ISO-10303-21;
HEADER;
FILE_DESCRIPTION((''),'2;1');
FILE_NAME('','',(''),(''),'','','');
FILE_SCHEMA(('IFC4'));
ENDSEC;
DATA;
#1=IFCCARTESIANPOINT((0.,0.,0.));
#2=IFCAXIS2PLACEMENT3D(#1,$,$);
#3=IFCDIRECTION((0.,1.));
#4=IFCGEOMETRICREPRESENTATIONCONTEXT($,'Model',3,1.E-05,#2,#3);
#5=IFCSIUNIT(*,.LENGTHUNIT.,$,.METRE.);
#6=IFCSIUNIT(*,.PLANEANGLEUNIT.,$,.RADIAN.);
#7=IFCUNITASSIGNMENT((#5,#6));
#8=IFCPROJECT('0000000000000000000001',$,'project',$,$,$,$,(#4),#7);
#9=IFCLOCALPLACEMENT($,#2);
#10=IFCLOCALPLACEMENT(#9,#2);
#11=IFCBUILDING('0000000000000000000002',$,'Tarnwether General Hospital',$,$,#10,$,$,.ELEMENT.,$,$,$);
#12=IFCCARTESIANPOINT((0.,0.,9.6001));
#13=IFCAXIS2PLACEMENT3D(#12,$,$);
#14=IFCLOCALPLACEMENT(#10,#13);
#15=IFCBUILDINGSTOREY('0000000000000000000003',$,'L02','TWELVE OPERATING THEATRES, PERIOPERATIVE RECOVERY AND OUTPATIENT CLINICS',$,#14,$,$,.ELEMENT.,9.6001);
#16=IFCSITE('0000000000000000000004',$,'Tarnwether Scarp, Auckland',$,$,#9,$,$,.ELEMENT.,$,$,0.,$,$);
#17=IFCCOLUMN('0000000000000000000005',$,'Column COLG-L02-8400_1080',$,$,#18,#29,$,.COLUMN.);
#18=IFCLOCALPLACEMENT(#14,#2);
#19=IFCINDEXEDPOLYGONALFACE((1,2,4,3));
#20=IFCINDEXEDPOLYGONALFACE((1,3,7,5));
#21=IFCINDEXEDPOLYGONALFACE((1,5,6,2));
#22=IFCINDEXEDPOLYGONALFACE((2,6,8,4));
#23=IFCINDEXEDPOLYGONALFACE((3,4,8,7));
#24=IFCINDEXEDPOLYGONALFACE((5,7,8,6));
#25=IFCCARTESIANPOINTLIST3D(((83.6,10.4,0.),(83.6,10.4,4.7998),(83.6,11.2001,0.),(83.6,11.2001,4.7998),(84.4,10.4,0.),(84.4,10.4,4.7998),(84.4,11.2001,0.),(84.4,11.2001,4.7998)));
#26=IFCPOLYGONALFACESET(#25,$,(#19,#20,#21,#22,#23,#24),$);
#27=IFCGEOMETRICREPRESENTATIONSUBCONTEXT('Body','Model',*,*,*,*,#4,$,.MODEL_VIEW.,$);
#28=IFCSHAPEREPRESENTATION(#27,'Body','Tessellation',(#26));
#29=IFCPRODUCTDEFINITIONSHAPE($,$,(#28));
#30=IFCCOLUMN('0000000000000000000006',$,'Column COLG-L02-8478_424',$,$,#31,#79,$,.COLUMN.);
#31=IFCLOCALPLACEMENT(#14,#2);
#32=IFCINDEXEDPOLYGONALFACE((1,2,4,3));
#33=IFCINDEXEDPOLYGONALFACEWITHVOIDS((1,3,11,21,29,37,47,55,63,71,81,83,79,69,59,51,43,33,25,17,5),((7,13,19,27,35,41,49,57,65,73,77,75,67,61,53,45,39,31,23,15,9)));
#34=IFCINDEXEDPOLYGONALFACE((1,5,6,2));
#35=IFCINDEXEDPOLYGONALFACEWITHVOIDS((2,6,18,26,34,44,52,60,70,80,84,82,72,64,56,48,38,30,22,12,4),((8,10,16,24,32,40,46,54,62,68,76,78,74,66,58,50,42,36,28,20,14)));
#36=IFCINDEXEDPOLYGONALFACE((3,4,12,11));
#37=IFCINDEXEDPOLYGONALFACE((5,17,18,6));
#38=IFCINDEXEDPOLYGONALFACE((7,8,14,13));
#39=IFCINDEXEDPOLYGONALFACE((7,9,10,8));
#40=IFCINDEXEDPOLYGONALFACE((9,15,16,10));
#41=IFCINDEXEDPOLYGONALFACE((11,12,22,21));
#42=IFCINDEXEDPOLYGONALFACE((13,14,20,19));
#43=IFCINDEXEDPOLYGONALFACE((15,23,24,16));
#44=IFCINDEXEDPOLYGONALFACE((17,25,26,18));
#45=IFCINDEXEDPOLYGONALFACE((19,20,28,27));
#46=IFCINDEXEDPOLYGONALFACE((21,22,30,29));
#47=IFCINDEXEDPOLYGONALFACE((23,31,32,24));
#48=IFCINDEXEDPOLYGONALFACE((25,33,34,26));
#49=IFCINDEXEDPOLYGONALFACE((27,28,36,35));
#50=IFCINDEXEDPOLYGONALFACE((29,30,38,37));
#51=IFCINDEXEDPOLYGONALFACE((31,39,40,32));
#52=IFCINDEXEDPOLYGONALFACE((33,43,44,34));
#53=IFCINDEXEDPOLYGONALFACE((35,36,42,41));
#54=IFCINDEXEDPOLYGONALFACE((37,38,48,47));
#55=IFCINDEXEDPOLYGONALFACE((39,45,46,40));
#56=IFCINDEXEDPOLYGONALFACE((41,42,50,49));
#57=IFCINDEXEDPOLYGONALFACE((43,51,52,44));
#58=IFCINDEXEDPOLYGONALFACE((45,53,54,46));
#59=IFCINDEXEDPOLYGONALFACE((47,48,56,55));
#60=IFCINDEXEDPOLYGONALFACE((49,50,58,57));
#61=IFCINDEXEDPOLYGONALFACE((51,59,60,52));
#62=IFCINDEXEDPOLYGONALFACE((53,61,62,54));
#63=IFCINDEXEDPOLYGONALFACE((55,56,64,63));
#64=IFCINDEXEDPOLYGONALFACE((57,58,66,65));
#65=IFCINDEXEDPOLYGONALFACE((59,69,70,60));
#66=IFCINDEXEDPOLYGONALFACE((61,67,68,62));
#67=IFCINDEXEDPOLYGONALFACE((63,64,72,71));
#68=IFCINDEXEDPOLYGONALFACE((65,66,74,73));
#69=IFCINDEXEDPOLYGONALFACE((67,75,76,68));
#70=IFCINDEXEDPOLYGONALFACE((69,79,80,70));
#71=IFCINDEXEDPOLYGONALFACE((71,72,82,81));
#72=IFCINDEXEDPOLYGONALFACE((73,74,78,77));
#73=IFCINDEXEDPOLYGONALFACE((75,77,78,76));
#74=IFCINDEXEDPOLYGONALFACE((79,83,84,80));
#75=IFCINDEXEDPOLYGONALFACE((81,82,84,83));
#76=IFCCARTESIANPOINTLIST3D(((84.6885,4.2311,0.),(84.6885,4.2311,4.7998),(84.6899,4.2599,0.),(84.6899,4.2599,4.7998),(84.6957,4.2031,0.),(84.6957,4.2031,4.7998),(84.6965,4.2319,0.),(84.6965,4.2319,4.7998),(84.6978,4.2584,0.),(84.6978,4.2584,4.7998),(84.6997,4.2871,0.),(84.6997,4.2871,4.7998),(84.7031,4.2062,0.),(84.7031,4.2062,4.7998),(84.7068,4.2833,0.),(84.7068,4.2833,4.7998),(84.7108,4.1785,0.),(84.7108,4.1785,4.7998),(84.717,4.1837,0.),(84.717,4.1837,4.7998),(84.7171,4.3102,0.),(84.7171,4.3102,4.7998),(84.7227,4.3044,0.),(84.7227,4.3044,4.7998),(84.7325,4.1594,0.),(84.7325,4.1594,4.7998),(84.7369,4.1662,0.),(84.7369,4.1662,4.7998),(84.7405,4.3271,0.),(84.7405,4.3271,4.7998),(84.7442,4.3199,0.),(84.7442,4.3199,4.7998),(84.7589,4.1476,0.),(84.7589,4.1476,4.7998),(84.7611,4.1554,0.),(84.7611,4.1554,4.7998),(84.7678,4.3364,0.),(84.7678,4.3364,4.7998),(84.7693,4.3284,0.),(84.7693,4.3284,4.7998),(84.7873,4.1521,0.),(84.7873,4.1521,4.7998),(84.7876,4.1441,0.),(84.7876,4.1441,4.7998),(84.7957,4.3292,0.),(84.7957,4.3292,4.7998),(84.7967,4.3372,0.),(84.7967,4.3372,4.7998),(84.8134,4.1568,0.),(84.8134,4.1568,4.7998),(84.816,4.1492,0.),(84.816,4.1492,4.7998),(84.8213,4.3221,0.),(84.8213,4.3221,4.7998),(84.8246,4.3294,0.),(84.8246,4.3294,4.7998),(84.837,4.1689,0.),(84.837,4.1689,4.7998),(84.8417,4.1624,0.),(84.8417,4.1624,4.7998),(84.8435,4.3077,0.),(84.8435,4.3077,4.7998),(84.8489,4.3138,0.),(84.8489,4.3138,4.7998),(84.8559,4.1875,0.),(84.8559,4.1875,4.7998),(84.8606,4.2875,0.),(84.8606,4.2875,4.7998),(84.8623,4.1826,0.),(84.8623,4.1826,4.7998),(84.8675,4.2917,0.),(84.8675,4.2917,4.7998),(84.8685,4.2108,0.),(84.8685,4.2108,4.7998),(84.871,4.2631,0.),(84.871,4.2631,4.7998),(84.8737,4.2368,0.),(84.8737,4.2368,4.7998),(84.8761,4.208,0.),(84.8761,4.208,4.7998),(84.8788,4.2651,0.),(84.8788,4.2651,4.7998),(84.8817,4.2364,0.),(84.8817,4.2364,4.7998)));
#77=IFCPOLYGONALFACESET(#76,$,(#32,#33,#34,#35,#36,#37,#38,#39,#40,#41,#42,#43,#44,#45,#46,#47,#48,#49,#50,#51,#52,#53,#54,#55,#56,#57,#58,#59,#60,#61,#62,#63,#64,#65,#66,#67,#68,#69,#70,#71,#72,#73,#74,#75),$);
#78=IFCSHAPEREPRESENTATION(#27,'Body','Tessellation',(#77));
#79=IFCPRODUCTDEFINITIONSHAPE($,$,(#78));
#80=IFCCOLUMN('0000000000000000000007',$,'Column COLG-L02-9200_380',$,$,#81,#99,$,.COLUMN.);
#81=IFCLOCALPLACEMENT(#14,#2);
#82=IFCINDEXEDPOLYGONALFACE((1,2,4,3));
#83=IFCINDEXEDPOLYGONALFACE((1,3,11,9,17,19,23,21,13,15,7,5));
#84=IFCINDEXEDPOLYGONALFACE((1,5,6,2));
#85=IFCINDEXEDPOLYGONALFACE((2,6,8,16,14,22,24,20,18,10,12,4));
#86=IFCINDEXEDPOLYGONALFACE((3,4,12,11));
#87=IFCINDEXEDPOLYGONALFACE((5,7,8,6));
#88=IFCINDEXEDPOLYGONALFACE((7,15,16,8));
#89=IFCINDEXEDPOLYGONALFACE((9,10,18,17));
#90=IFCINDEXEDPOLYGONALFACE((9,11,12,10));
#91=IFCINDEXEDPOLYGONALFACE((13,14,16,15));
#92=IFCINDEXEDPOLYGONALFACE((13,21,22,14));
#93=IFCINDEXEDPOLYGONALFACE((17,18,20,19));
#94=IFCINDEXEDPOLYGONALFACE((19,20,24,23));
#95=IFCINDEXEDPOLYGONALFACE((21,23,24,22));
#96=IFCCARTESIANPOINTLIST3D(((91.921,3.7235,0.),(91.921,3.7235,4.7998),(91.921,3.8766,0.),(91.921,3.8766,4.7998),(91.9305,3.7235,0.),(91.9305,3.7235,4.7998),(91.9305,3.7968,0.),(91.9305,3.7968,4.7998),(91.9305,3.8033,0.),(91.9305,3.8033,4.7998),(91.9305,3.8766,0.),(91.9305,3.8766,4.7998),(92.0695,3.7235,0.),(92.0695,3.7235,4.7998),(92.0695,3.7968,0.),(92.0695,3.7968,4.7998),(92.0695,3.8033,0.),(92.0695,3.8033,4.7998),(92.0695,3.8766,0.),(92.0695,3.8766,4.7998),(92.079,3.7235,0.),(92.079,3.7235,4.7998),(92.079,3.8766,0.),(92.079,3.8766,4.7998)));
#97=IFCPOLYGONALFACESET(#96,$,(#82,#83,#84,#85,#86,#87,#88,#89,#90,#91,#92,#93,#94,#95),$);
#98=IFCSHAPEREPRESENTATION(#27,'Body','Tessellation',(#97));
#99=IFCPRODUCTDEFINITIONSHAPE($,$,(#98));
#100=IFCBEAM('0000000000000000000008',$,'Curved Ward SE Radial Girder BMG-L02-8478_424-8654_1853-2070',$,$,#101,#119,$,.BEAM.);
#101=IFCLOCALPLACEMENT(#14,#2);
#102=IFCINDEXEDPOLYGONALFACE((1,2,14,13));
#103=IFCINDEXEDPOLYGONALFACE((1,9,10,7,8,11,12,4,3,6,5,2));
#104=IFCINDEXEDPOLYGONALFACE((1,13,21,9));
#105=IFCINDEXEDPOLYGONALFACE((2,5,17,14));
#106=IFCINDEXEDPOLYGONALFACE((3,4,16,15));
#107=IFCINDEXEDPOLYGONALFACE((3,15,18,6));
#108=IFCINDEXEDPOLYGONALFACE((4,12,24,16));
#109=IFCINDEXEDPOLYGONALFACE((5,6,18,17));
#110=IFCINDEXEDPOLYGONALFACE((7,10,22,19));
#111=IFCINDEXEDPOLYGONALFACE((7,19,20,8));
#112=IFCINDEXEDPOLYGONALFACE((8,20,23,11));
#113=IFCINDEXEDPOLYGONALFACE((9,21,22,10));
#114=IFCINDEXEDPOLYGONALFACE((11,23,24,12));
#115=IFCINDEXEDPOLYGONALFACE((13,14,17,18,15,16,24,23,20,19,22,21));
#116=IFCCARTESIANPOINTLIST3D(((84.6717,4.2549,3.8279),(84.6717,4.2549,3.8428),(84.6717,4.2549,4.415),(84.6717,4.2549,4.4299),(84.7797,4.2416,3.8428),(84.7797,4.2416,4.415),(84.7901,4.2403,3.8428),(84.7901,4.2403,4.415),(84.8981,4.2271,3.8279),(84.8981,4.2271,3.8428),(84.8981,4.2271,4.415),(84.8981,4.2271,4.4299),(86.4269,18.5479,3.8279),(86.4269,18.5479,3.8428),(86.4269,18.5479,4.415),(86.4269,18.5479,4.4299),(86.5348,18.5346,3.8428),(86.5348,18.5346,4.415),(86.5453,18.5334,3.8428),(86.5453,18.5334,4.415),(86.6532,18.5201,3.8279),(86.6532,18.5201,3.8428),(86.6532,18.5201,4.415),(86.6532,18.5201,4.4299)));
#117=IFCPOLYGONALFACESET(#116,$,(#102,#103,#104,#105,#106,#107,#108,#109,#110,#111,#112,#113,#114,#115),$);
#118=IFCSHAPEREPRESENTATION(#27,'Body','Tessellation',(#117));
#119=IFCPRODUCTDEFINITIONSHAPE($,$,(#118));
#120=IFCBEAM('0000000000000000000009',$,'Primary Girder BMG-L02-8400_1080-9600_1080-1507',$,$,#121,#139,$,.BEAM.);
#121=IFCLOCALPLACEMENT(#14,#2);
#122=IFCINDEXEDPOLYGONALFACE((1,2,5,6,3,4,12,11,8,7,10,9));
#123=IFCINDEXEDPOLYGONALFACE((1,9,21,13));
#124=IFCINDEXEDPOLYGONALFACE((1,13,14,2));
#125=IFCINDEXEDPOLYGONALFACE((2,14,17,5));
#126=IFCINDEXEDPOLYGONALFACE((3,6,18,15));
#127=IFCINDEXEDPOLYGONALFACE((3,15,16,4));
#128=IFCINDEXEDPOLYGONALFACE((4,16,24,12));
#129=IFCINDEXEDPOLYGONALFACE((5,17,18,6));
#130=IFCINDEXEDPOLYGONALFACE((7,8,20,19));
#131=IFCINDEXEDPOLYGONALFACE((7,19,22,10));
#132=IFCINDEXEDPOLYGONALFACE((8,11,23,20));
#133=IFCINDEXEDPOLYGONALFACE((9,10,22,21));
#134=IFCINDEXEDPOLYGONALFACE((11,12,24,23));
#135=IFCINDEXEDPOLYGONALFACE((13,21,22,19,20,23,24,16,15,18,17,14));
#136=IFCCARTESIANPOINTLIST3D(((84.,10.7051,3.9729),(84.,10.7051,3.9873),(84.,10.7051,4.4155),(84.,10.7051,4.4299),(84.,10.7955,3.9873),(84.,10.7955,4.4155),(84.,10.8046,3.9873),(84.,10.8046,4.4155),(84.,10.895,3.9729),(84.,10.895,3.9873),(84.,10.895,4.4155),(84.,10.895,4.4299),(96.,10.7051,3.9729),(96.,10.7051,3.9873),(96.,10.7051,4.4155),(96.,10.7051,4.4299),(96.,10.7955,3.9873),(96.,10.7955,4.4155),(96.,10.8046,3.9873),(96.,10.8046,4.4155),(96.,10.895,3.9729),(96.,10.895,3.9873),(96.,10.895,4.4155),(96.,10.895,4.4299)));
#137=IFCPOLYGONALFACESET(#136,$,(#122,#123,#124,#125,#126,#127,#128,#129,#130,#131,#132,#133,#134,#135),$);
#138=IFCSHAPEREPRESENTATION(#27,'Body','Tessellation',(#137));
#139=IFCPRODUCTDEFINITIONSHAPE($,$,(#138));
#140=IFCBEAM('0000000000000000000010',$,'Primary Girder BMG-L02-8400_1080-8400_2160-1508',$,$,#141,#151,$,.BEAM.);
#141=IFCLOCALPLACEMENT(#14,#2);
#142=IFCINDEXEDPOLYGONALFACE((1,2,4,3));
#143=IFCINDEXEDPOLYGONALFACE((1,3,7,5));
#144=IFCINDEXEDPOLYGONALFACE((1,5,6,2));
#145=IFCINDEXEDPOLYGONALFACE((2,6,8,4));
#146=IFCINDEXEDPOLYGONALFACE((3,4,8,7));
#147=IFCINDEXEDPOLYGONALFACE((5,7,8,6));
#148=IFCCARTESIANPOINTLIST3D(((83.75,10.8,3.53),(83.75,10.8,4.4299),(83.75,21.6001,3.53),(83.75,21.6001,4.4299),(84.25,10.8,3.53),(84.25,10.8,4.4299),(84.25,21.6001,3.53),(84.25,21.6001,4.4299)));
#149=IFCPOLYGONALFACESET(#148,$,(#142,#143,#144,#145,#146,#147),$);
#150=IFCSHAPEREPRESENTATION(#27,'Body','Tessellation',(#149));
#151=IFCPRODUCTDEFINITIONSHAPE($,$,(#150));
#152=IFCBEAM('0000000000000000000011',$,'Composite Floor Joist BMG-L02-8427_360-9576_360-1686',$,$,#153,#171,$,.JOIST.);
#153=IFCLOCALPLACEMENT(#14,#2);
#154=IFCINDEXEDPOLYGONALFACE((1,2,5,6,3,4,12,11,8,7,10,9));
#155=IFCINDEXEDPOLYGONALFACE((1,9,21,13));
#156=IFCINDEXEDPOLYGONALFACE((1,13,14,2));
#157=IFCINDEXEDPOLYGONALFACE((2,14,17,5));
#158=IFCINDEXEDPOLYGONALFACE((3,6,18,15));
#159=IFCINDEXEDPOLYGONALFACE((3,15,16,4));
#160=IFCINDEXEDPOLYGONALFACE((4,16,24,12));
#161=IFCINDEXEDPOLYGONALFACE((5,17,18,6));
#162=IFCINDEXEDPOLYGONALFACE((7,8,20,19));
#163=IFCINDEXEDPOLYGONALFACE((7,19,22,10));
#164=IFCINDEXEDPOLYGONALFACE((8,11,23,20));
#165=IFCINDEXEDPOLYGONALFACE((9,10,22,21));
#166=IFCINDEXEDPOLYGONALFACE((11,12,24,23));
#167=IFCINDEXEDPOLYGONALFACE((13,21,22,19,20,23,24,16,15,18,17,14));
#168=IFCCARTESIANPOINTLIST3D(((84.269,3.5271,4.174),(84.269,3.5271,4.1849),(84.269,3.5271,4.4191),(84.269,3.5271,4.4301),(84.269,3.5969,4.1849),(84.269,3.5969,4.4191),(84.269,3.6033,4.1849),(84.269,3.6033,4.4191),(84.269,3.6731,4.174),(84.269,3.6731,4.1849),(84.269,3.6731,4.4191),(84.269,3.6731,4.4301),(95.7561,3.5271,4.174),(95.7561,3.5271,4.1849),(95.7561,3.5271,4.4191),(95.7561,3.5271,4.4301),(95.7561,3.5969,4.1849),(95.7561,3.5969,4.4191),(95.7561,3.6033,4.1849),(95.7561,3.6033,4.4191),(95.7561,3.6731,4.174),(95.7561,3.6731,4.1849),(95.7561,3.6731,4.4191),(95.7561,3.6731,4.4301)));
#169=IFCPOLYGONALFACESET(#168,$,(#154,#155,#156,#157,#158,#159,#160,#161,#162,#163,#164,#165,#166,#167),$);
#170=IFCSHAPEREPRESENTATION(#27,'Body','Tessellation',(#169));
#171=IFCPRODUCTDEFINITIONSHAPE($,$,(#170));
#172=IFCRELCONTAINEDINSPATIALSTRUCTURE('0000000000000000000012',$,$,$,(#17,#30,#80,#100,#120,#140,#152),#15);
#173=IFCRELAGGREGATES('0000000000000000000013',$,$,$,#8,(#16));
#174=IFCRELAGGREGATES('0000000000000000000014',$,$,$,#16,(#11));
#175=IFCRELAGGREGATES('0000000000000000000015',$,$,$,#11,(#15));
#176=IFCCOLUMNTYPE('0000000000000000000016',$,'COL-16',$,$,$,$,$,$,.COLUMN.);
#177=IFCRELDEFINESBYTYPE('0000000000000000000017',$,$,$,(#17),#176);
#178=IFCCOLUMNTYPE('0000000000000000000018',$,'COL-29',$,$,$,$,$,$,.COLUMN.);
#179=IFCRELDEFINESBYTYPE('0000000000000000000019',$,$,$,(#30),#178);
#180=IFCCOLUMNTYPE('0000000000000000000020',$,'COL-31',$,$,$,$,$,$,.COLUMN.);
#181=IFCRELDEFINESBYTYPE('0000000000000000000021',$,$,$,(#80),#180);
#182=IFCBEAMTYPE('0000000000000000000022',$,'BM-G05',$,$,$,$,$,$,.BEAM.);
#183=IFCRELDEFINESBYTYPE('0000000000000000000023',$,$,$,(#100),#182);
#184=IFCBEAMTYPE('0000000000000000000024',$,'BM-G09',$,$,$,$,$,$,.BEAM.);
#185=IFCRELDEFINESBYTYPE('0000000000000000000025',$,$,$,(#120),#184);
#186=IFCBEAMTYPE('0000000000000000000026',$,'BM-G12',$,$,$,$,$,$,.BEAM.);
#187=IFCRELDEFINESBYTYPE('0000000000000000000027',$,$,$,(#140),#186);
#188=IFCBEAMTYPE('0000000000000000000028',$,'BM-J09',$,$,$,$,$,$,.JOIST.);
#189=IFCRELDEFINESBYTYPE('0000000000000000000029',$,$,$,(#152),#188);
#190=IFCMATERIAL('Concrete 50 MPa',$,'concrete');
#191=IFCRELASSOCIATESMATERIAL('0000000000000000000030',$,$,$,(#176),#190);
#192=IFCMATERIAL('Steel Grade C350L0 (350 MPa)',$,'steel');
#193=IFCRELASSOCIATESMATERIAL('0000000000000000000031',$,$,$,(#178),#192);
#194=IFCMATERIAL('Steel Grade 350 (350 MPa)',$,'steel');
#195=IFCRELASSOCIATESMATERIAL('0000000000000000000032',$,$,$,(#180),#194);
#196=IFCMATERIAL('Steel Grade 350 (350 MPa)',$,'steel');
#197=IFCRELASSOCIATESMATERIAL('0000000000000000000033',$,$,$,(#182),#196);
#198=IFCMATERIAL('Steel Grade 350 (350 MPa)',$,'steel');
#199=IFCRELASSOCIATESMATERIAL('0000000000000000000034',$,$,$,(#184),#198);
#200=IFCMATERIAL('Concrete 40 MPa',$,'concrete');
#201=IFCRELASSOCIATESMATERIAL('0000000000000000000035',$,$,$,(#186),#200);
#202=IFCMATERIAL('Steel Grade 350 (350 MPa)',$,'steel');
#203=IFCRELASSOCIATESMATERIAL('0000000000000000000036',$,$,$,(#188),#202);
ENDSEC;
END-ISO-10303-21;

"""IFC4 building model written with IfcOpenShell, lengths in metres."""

from ifc_helpers import new_model, si_unit, direction, frame, origin, origin_2d, place, context, subcontext, project, spatial, rectangle, hollow_circle, i_section, extrude, material, material_profile, profile_set, type_object, element, save


model = new_model("IFC4")

# Units and contexts
model_context = context("Model", 3, precision=1e-05, world=origin(), true_north=direction((0.0, 1.0)))
body_context = subcontext(model_context, "Body", "Model", "MODEL_VIEW")
ifc_project = project(units=[si_unit("LENGTHUNIT", "METRE"), si_unit("PLANEANGLEUNIT", "RADIAN")], contexts=[model_context])

# Site, building, storey
site_placement = place(None, origin())
site = spatial("IfcSite", under=ifc_project, at=site_placement, Name="Tarnwether Scarp, Auckland", CompositionType="ELEMENT", RefElevation=0.0)
building_placement = place(site_placement, origin())
building = spatial("IfcBuilding", under=site, at=building_placement, Name="Tarnwether General Hospital", CompositionType="ELEMENT")
storey_placement = place(building_placement, frame((0.0, 0.0, 9.6001)))
storey = spatial("IfcBuildingStorey", under=building, at=storey_placement, Name="L02", Description="TWELVE OPERATING THEATRES, PERIOPERATIVE RECOVERY AND OUTPATIENT CLINICS", CompositionType="ELEMENT", Elevation=9.6001)

# Columns
ifc_material_1 = material(Name="Concrete 50 MPa", Category="concrete")
ifc_material_profile_1 = material_profile(ifc_material_1, rectangle(XDim=0.8, YDim=0.8, at=origin_2d()), Name="RC-COL-800x800")
ifc_profile_set_1 = profile_set([ifc_material_profile_1], Name="Concrete 50 MPa")
column_type_1 = type_object("IfcColumnType", Name="COL-16", PredefinedType="COLUMN", material=ifc_profile_set_1)
column_1_placement = place(storey_placement, frame((84.0, 10.8, 0.0), z_axis=(0.0, 0.0, 1.0), x_axis=(0.0, 1.0, 0.0)))
element("IfcColumn", 1, at=column_1_placement, inside=storey, type_object=column_type_1, Name="Column COLG-L02-8400_1080", PredefinedType="COLUMN", context=body_context, shape_type="SweptSolid", body=[
    extrude(rectangle(XDim=0.8, YDim=0.8, at=origin_2d()), origin(), (0.0, 0.0, 1.0), 4.7998),
])
ifc_material_2 = material(Name="Steel Grade C350L0 (350 MPa)", Category="steel")
ifc_material_profile_2 = material_profile(ifc_material_2, hollow_circle(Radius=0.0969, WallThickness=0.0081, at=origin_2d()), Name="CHS193.7x8.0")
ifc_profile_set_2 = profile_set([ifc_material_profile_2], Name="Steel Grade C350L0 (350 MPa)")
column_type_2 = type_object("IfcColumnType", Name="COL-29", PredefinedType="COLUMN", material=ifc_profile_set_2)
column_2_placement = place(storey_placement, frame((84.7849, 4.241, 0.0), z_axis=(0.0, 0.0, 1.0), x_axis=(0.121869, 0.992546, 0.0)))
element("IfcColumn", 2, at=column_2_placement, inside=storey, type_object=column_type_2, Name="Column COLG-L02-8478_424", PredefinedType="COLUMN", context=body_context, shape_type="SweptSolid", body=[
    extrude(hollow_circle(Radius=0.0969, WallThickness=0.0081, at=origin_2d()), origin(), (0.0, 0.0, 1.0), 4.7998),
])
ifc_material_3 = material(Name="Steel Grade 350 (350 MPa)", Category="steel")
ifc_material_profile_3 = material_profile(ifc_material_3, i_section(OverallWidth=0.1531, OverallDepth=0.158, WebThickness=0.0066, FlangeThickness=0.0095, at=origin_2d()), Name="150UC30.0")
ifc_profile_set_3 = profile_set([ifc_material_profile_3], Name="Steel Grade 350 (350 MPa)")
column_type_3 = type_object("IfcColumnType", Name="COL-31", PredefinedType="COLUMN", material=ifc_profile_set_3)
column_3_placement = place(storey_placement, frame((92.0, 3.8, 0.0), z_axis=(0.0, 0.0, 1.0), x_axis=(0.0, 1.0, 0.0)))
element("IfcColumn", 3, at=column_3_placement, inside=storey, type_object=column_type_3, Name="Column COLG-L02-9200_380", PredefinedType="COLUMN", context=body_context, shape_type="SweptSolid", body=[
    extrude(i_section(OverallWidth=0.1531, OverallDepth=0.158, WebThickness=0.0066, FlangeThickness=0.0095, at=origin_2d()), origin(), (0.0, 0.0, 1.0), 4.7998),
])

# Beams
ifc_material_4 = material(Name="Steel Grade 350 (350 MPa)", Category="steel")
ifc_material_profile_4 = material_profile(ifc_material_4, i_section(OverallWidth=0.228, OverallDepth=0.6021, WebThickness=0.0105, FlangeThickness=0.0149, at=origin_2d()), Name="610UB101")
ifc_profile_set_4 = profile_set([ifc_material_profile_4], Name="Steel Grade 350 (350 MPa)")
beam_type_1 = type_object("IfcBeamType", Name="BM-G05", PredefinedType="BEAM", material=ifc_profile_set_4)
beam_1_placement = place(storey_placement, frame((84.7849, 4.241, 4.1289), z_axis=(0.121881, 0.992545, 0.0), x_axis=(-0.992545, 0.121881, 0.0)))
element("IfcBeam", 4, at=beam_1_placement, inside=storey, type_object=beam_type_1, Name="Curved Ward SE Radial Girder BMG-L02-8478_424-8654_1853-2070", PredefinedType="BEAM", context=body_context, shape_type="SweptSolid", body=[
    extrude(i_section(OverallWidth=0.228, OverallDepth=0.6021, WebThickness=0.0105, FlangeThickness=0.0149, at=origin_2d()), origin(), (0.0, 0.0, 1.0), 14.4004),
])
ifc_material_5 = material(Name="Steel Grade 350 (350 MPa)", Category="steel")
ifc_material_profile_5 = material_profile(ifc_material_5, i_section(OverallWidth=0.1899, OverallDepth=0.457, WebThickness=0.009, FlangeThickness=0.0144, at=origin_2d()), Name="460UB74.6")
ifc_profile_set_5 = profile_set([ifc_material_profile_5], Name="Steel Grade 350 (350 MPa)")
beam_type_2 = type_object("IfcBeamType", Name="BM-G09", PredefinedType="BEAM", material=ifc_profile_set_5)
beam_2_placement = place(storey_placement, frame((84.0, 10.8, 4.2014), z_axis=(1.0, 0.0, 0.0), x_axis=(0.0, 1.0, 0.0)))
element("IfcBeam", 5, at=beam_2_placement, inside=storey, type_object=beam_type_2, Name="Primary Girder BMG-L02-8400_1080-9600_1080-1507", PredefinedType="BEAM", context=body_context, shape_type="SweptSolid", body=[
    extrude(i_section(OverallWidth=0.1899, OverallDepth=0.457, WebThickness=0.009, FlangeThickness=0.0144, at=origin_2d()), origin(), (0.0, 0.0, 1.0), 12.0),
])
ifc_material_6 = material(Name="Concrete 40 MPa", Category="concrete")
ifc_material_profile_6 = material_profile(ifc_material_6, rectangle(XDim=0.5, YDim=0.8999, at=origin_2d()), Name="RC-BM-500x900")
ifc_profile_set_6 = profile_set([ifc_material_profile_6], Name="Concrete 40 MPa")
beam_type_3 = type_object("IfcBeamType", Name="BM-G12", PredefinedType="BEAM", material=ifc_profile_set_6)
beam_3_placement = place(storey_placement, frame((84.0, 10.8, 3.98), z_axis=(0.0, 1.0, 0.0), x_axis=(-1.0, 0.0, 0.0)))
element("IfcBeam", 6, at=beam_3_placement, inside=storey, type_object=beam_type_3, Name="Primary Girder BMG-L02-8400_1080-8400_2160-1508", PredefinedType="BEAM", context=body_context, shape_type="SweptSolid", body=[
    extrude(rectangle(XDim=0.5, YDim=0.8999, at=origin_2d()), origin(), (0.0, 0.0, 1.0), 10.8),
])
ifc_material_7 = material(Name="Steel Grade 350 (350 MPa)", Category="steel")
ifc_material_profile_7 = material_profile(ifc_material_7, i_section(OverallWidth=0.146, OverallDepth=0.2561, WebThickness=0.0063, FlangeThickness=0.011, at=origin_2d()), Name="250UB37.3")
ifc_profile_set_7 = profile_set([ifc_material_profile_7], Name="Steel Grade 350 (350 MPa)")
beam_type_4 = type_object("IfcBeamType", Name="BM-J09", PredefinedType="JOIST", material=ifc_profile_set_7)
beam_4_placement = place(storey_placement, frame((84.269, 3.6001, 4.302), z_axis=(1.0, 0.0, 0.0), x_axis=(0.0, 1.0, 0.0)))
element("IfcBeam", 7, at=beam_4_placement, inside=storey, type_object=beam_type_4, Name="Composite Floor Joist BMG-L02-8427_360-9576_360-1686", PredefinedType="JOIST", context=body_context, shape_type="SweptSolid", body=[
    extrude(i_section(OverallWidth=0.146, OverallDepth=0.2561, WebThickness=0.0063, FlangeThickness=0.011, at=origin_2d()), origin(), (0.0, 0.0, 1.0), 11.4871),
])

save(model, "model.ifc")
